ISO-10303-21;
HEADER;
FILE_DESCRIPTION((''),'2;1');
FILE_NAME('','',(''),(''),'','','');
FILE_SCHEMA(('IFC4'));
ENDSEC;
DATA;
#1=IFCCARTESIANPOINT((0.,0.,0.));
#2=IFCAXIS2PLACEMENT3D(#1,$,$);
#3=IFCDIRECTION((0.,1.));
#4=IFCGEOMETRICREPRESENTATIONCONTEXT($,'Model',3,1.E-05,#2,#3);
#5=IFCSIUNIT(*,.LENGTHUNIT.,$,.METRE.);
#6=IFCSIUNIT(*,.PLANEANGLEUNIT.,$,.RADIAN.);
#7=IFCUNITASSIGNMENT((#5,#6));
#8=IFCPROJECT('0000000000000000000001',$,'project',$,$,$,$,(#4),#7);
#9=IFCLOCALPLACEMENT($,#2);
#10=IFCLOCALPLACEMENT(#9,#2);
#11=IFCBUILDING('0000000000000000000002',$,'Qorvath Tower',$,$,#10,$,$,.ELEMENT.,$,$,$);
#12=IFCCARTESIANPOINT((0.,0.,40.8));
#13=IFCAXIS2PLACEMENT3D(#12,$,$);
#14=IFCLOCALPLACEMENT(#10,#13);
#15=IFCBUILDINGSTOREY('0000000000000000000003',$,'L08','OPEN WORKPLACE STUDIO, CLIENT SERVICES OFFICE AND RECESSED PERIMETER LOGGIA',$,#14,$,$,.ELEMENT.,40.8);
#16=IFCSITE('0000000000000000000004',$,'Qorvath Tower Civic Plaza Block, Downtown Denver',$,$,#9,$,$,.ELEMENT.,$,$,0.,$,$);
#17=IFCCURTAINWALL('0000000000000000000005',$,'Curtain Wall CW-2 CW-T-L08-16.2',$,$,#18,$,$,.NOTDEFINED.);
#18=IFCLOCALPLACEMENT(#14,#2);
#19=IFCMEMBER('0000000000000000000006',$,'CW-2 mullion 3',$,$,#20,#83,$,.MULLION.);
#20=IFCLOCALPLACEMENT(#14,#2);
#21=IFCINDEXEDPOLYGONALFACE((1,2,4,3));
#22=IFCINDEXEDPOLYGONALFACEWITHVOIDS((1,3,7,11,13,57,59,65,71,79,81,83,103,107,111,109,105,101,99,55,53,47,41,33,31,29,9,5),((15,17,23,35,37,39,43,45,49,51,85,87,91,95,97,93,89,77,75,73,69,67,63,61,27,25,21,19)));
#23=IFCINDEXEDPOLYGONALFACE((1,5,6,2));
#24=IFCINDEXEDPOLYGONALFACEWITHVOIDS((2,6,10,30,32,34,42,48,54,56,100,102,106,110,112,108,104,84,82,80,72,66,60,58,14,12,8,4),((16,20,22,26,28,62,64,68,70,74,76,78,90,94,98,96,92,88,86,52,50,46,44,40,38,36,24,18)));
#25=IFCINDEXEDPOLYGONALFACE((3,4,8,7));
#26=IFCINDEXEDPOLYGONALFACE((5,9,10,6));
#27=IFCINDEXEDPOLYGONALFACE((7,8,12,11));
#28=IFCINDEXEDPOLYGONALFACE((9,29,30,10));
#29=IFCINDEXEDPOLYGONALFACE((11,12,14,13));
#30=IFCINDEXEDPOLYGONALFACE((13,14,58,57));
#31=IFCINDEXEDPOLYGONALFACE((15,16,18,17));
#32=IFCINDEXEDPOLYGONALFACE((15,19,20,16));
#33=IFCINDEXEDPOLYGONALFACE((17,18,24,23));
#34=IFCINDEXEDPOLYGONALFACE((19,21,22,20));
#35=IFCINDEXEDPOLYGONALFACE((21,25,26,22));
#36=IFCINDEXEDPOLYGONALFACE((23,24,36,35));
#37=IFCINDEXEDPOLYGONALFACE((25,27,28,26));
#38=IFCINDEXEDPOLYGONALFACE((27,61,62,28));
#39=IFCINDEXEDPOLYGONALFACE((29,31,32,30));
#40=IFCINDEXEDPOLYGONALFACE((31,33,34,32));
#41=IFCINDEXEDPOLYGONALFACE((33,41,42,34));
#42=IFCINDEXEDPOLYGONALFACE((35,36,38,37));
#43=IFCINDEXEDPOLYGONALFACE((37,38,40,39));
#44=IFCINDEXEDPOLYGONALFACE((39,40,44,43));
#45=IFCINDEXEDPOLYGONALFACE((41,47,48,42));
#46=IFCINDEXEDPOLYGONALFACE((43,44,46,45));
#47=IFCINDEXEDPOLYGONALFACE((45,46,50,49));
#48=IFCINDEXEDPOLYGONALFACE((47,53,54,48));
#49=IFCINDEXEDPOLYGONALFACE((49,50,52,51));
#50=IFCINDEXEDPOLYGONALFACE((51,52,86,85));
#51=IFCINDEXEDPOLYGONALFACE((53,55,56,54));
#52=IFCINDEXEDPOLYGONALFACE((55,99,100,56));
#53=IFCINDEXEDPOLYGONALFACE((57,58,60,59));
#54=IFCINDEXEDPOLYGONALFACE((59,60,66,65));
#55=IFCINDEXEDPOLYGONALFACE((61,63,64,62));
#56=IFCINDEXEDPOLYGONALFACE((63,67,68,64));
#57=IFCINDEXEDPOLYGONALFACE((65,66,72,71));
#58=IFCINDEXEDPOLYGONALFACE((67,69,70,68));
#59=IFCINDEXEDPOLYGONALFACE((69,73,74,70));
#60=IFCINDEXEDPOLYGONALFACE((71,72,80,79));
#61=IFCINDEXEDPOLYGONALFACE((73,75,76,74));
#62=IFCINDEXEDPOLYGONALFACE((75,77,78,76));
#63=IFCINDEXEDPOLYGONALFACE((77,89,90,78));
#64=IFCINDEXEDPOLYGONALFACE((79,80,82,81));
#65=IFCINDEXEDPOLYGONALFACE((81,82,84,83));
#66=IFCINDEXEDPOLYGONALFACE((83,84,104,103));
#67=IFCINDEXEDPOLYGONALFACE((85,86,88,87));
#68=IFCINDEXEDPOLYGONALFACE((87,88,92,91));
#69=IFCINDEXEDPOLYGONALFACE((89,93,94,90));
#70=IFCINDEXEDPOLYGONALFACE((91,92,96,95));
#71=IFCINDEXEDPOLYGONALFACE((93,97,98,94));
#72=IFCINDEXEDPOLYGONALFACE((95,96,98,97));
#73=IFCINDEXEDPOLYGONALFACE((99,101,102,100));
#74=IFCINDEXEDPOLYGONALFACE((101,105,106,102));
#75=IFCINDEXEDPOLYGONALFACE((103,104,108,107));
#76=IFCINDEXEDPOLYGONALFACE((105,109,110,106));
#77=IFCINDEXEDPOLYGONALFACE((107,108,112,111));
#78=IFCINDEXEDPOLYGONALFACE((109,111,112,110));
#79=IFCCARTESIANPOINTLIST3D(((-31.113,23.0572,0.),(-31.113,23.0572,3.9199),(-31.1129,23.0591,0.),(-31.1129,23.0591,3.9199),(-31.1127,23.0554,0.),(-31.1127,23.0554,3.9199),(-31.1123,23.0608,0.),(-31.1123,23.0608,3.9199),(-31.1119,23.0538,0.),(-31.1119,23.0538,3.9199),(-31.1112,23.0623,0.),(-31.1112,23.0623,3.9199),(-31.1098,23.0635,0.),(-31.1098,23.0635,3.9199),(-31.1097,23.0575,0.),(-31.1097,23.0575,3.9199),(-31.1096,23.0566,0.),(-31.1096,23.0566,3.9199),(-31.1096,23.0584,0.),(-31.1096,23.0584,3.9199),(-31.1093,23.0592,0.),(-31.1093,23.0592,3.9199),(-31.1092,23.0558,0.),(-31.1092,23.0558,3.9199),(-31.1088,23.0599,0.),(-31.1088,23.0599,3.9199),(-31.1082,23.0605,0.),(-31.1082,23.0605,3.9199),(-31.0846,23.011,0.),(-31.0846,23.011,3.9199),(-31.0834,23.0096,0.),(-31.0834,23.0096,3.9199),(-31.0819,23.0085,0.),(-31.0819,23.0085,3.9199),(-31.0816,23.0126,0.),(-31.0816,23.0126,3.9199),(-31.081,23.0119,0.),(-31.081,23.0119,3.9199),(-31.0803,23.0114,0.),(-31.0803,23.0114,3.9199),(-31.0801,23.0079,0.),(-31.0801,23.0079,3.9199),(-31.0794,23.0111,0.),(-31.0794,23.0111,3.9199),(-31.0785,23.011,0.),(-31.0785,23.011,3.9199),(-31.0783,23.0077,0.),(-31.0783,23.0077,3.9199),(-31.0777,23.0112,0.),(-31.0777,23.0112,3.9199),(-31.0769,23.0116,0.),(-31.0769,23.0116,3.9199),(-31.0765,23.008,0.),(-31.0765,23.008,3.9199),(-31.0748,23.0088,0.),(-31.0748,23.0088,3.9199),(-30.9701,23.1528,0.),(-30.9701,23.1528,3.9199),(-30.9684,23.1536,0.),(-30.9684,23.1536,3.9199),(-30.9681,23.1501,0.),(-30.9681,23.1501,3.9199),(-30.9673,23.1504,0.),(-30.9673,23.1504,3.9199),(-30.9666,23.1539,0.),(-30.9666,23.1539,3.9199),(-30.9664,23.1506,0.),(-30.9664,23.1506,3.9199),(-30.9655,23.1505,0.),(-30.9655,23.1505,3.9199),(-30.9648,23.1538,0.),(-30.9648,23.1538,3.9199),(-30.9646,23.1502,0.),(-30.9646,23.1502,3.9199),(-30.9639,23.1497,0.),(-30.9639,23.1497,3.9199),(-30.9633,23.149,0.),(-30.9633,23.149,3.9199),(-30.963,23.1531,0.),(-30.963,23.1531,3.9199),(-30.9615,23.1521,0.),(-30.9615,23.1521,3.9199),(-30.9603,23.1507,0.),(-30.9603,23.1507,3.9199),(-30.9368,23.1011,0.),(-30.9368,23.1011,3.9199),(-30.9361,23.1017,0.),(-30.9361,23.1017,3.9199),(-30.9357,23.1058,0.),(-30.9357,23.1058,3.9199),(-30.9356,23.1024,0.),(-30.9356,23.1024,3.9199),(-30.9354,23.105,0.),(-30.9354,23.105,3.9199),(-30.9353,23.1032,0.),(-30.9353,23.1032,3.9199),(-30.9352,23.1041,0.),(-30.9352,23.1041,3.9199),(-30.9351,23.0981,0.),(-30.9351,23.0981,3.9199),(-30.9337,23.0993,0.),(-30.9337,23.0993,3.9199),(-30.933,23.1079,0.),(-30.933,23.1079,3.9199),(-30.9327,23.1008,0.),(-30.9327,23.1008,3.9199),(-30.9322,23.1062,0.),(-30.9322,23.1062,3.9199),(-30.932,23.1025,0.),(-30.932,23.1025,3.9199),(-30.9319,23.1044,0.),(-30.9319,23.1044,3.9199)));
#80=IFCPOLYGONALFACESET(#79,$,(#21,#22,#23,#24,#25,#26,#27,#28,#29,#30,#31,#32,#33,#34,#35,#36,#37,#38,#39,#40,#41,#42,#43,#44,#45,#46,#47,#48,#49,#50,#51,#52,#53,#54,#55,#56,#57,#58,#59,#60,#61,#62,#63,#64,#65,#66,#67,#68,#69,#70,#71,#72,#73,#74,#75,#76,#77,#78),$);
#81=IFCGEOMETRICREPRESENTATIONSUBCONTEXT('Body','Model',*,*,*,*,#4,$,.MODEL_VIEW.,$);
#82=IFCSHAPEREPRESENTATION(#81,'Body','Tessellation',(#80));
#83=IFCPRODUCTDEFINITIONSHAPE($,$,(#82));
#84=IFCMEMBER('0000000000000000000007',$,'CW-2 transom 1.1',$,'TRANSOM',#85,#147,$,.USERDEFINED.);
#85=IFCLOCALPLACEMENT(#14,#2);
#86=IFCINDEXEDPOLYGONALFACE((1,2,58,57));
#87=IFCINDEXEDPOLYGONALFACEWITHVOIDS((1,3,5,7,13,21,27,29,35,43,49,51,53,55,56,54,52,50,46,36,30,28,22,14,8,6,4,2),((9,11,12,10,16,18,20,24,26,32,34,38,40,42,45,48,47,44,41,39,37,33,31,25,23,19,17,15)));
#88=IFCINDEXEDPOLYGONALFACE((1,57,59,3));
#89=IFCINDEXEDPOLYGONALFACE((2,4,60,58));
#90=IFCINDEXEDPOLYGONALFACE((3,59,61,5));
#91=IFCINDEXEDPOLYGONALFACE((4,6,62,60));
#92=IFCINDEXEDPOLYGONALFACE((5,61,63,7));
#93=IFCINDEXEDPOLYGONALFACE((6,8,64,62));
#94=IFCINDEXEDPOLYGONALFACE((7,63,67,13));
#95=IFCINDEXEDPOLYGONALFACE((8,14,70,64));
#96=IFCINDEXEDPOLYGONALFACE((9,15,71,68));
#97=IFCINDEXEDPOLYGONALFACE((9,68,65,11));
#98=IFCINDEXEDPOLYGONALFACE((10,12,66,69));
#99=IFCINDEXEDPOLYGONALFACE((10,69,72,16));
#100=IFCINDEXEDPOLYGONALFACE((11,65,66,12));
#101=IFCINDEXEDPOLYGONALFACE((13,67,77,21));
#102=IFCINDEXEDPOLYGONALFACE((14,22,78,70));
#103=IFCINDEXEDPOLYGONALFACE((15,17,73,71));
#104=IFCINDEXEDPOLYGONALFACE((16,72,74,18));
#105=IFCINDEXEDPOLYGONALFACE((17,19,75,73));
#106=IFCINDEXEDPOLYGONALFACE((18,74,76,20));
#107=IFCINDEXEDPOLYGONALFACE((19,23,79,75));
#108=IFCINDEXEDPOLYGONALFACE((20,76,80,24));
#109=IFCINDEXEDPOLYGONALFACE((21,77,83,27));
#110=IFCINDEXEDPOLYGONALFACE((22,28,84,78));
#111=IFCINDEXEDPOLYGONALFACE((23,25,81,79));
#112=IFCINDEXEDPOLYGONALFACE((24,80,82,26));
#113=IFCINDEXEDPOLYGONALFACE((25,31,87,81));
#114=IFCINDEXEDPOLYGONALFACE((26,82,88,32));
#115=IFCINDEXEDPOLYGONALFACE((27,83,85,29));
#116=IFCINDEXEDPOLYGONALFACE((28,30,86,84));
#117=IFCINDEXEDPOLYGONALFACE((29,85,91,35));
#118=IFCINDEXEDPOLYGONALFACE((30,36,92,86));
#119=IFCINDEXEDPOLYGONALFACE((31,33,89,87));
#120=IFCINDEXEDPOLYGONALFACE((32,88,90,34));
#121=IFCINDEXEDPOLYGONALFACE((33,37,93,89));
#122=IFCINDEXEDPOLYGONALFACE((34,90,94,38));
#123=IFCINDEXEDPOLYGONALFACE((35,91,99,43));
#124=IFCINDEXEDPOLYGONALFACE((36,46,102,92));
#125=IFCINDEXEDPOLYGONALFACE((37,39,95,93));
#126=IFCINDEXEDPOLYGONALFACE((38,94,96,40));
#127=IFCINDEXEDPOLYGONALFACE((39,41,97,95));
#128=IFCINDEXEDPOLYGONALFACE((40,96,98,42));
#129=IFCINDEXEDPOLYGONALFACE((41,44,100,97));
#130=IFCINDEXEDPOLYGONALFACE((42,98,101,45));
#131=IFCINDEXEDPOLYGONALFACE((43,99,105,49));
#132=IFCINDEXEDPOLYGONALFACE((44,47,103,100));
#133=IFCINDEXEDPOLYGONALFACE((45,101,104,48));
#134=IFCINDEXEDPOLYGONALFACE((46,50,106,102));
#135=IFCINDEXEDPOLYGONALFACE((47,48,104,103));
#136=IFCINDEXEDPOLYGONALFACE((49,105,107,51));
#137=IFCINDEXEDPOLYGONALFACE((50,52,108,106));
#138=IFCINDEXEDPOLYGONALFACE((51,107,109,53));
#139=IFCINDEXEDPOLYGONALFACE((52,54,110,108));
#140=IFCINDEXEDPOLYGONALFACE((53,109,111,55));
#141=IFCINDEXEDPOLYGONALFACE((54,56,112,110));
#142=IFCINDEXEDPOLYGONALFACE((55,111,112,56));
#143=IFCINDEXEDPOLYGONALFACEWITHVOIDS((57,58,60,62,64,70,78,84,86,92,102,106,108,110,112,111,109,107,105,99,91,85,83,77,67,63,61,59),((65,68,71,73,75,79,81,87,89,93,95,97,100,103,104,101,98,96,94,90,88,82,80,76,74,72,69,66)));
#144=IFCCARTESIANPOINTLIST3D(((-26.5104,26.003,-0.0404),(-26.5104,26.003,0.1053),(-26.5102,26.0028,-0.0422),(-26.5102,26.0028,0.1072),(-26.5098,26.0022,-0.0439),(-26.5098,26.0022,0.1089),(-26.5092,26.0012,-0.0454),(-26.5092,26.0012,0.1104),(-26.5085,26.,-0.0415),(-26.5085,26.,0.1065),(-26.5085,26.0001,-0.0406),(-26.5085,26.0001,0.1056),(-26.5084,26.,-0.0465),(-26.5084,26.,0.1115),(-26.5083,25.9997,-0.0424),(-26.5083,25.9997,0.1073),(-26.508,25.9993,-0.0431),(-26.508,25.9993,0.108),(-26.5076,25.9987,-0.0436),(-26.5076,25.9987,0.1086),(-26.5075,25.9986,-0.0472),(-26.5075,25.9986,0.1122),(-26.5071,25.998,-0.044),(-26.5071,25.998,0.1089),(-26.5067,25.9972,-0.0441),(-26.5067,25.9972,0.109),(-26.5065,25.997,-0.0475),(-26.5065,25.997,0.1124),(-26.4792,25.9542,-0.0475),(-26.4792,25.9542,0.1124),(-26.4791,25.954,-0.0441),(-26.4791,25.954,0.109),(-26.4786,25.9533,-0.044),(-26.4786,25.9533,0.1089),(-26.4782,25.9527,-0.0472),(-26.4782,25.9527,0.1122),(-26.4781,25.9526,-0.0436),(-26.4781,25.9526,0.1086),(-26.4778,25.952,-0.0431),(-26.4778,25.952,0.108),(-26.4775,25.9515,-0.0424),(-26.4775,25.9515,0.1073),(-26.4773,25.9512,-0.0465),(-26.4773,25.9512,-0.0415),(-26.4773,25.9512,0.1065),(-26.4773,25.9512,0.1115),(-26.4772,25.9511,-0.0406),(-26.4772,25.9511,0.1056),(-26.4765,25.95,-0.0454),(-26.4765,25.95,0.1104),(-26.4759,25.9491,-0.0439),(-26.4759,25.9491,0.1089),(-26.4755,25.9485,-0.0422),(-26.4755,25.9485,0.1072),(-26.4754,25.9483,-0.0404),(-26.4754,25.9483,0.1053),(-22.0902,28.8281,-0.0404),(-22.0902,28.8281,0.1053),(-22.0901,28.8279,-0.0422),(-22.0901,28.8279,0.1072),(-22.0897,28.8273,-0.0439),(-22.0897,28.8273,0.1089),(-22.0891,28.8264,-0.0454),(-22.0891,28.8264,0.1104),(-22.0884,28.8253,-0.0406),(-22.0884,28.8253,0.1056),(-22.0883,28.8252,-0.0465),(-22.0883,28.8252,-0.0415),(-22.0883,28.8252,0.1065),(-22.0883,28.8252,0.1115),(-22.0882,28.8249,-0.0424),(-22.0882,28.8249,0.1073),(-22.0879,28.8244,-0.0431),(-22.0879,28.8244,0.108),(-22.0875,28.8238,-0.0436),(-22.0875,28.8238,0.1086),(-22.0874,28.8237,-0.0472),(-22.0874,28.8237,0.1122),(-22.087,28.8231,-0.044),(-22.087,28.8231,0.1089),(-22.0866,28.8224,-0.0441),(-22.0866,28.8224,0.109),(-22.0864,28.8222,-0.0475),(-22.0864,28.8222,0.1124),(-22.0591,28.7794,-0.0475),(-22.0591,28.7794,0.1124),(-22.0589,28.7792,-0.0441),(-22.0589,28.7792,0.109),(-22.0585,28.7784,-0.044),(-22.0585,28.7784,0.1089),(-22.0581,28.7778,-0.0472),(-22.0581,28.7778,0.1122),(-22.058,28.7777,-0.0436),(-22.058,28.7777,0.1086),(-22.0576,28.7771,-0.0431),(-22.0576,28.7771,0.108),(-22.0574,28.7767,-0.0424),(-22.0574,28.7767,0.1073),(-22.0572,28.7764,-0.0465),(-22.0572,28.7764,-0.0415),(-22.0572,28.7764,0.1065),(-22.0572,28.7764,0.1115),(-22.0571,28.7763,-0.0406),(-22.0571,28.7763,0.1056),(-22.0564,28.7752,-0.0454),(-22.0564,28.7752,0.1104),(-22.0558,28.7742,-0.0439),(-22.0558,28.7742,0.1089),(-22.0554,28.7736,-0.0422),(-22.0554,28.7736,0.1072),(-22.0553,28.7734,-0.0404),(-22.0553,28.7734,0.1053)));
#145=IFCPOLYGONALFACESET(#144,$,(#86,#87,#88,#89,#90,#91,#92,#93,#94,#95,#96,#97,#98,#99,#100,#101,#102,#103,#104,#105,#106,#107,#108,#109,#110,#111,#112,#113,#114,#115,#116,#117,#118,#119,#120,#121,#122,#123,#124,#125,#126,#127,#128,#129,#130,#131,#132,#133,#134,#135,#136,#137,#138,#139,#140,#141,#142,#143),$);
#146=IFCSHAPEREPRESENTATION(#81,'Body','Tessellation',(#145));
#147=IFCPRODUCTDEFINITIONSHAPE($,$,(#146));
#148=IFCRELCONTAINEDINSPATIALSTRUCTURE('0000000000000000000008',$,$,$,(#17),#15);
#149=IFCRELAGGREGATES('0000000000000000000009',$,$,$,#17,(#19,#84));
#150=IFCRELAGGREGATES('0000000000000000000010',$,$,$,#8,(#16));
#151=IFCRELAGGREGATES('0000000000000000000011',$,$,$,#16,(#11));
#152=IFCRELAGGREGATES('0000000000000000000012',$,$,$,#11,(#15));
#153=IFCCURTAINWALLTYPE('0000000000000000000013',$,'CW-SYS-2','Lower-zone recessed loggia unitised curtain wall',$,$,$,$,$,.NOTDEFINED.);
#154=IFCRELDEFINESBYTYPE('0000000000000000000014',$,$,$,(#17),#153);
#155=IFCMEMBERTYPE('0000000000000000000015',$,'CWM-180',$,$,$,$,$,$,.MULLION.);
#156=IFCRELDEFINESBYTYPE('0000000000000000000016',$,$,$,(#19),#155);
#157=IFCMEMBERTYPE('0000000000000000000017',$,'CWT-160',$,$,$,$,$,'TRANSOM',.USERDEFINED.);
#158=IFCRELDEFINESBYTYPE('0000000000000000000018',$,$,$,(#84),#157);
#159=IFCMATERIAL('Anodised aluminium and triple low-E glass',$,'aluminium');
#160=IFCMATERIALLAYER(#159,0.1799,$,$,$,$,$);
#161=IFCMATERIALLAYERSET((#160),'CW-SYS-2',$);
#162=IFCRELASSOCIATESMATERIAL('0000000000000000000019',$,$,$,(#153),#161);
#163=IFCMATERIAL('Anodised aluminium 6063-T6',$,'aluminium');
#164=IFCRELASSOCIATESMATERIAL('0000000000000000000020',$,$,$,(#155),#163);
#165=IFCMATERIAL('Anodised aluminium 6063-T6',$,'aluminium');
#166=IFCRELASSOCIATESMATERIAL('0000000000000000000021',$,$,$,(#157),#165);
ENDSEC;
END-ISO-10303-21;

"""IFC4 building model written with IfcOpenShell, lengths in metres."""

from ifc_helpers import new_model, si_unit, direction, frame, origin, origin_2d, place, context, subcontext, project, spatial, hollow_rectangle, extrude, material, layer, layer_set, material_profile, profile_set, type_object, element, aggregate, save


model = new_model("IFC4")

# Units and contexts
model_context = context("Model", 3, precision=1e-05, world=origin(), true_north=direction((0.0, 1.0)))
body_context = subcontext(model_context, "Body", "Model", "MODEL_VIEW")
ifc_project = project(units=[si_unit("LENGTHUNIT", "METRE"), si_unit("PLANEANGLEUNIT", "RADIAN")], contexts=[model_context])

# Site, building, storey
site_placement = place(None, origin())
site = spatial("IfcSite", under=ifc_project, at=site_placement, Name="Qorvath Tower Civic Plaza Block, Downtown Denver", CompositionType="ELEMENT", RefElevation=0.0)
building_placement = place(site_placement, origin())
building = spatial("IfcBuilding", under=site, at=building_placement, Name="Qorvath Tower", CompositionType="ELEMENT")
storey_placement = place(building_placement, frame((0.0, 0.0, 40.8)))
storey = spatial("IfcBuildingStorey", under=building, at=storey_placement, Name="L08", Description="OPEN WORKPLACE STUDIO, CLIENT SERVICES OFFICE AND RECESSED PERIMETER LOGGIA", CompositionType="ELEMENT", Elevation=40.8)

# Shared definitions
ifc_material_1 = material(Name="Anodised aluminium and triple low-E glass", Category="aluminium")
ifc_layer_1 = layer(ifc_material_1, 0.1799)
ifc_layer_set_1 = layer_set([ifc_layer_1], Name="CW-SYS-2")
curtain_wall_type = type_object("IfcCurtainWallType", Name="CW-SYS-2", Description="Lower-zone recessed loggia unitised curtain wall", PredefinedType="NOTDEFINED", material=ifc_layer_set_1)
ifc_material_2 = material(Name="Anodised aluminium 6063-T6", Category="aluminium")
ifc_material_profile_1 = material_profile(ifc_material_2, hollow_rectangle(XDim=0.0649, YDim=0.1799, WallThickness=0.0034, InnerFilletRadius=0.0034, OuterFilletRadius=0.0071, at=origin_2d()), Name="CWM 180x65")
ifc_profile_set_1 = profile_set([ifc_material_profile_1], Name="Anodised aluminium 6063-T6")
member_type_1 = type_object("IfcMemberType", Name="CWM-180", PredefinedType="MULLION", material=ifc_profile_set_1)

# Curtain wall, members
curtain_wall_1_placement = place(storey_placement, origin())
curtain_wall_1 = element("IfcCurtainWall", 1, at=curtain_wall_1_placement, inside=storey, type_object=curtain_wall_type, Name="Curtain Wall CW-2 CW-T-L08-16.2", PredefinedType="NOTDEFINED")
member_1_placement = place(storey_placement, frame((-31.0225, 23.0808, 0.0), z_axis=(0.0, 0.0, 1.0), x_axis=(0.538541, -0.842599, 0.0)))
member_1 = element("IfcMember", 2, at=member_1_placement, type_object=member_type_1, Name="CW-2 mullion 3", PredefinedType="MULLION", context=body_context, shape_type="SweptSolid", body=[
    extrude(hollow_rectangle(XDim=0.0649, YDim=0.1799, WallThickness=0.0034, InnerFilletRadius=0.0034, OuterFilletRadius=0.0071, at=origin_2d()), origin(), (0.0, 0.0, 1.0), 3.9199),
])
ifc_material_3 = material(Name="Anodised aluminium 6063-T6", Category="aluminium")
ifc_material_profile_2 = material_profile(ifc_material_3, hollow_rectangle(XDim=0.0649, YDim=0.1599, WallThickness=0.0034, InnerFilletRadius=0.0034, OuterFilletRadius=0.0071, at=origin_2d()), Name="CWT 160x65")
ifc_profile_set_2 = profile_set([ifc_material_profile_2], Name="Anodised aluminium 6063-T6")
member_type_2 = type_object("IfcMemberType", Name="CWT-160", ElementType="TRANSOM", PredefinedType="USERDEFINED", material=ifc_profile_set_2)
member_2_placement = place(storey_placement, frame((-22.0728, 28.8008, 0.0325), z_axis=(-0.842592, -0.538552, 0.0), x_axis=(0.538552, -0.842592, 0.0)))
member_2 = element("IfcMember", 3, at=member_2_placement, type_object=member_type_2, Name="CW-2 transom 1.1", ObjectType="TRANSOM", PredefinedType="USERDEFINED", context=body_context, shape_type="SweptSolid", body=[
    extrude(hollow_rectangle(XDim=0.0649, YDim=0.1599, WallThickness=0.0034, InnerFilletRadius=0.0034, OuterFilletRadius=0.0071, at=origin_2d()), origin(), (0.0, 0.0, 1.0), 5.2458),
])
aggregate(curtain_wall_1, [member_1, member_2])

save(model, "model.ifc")
